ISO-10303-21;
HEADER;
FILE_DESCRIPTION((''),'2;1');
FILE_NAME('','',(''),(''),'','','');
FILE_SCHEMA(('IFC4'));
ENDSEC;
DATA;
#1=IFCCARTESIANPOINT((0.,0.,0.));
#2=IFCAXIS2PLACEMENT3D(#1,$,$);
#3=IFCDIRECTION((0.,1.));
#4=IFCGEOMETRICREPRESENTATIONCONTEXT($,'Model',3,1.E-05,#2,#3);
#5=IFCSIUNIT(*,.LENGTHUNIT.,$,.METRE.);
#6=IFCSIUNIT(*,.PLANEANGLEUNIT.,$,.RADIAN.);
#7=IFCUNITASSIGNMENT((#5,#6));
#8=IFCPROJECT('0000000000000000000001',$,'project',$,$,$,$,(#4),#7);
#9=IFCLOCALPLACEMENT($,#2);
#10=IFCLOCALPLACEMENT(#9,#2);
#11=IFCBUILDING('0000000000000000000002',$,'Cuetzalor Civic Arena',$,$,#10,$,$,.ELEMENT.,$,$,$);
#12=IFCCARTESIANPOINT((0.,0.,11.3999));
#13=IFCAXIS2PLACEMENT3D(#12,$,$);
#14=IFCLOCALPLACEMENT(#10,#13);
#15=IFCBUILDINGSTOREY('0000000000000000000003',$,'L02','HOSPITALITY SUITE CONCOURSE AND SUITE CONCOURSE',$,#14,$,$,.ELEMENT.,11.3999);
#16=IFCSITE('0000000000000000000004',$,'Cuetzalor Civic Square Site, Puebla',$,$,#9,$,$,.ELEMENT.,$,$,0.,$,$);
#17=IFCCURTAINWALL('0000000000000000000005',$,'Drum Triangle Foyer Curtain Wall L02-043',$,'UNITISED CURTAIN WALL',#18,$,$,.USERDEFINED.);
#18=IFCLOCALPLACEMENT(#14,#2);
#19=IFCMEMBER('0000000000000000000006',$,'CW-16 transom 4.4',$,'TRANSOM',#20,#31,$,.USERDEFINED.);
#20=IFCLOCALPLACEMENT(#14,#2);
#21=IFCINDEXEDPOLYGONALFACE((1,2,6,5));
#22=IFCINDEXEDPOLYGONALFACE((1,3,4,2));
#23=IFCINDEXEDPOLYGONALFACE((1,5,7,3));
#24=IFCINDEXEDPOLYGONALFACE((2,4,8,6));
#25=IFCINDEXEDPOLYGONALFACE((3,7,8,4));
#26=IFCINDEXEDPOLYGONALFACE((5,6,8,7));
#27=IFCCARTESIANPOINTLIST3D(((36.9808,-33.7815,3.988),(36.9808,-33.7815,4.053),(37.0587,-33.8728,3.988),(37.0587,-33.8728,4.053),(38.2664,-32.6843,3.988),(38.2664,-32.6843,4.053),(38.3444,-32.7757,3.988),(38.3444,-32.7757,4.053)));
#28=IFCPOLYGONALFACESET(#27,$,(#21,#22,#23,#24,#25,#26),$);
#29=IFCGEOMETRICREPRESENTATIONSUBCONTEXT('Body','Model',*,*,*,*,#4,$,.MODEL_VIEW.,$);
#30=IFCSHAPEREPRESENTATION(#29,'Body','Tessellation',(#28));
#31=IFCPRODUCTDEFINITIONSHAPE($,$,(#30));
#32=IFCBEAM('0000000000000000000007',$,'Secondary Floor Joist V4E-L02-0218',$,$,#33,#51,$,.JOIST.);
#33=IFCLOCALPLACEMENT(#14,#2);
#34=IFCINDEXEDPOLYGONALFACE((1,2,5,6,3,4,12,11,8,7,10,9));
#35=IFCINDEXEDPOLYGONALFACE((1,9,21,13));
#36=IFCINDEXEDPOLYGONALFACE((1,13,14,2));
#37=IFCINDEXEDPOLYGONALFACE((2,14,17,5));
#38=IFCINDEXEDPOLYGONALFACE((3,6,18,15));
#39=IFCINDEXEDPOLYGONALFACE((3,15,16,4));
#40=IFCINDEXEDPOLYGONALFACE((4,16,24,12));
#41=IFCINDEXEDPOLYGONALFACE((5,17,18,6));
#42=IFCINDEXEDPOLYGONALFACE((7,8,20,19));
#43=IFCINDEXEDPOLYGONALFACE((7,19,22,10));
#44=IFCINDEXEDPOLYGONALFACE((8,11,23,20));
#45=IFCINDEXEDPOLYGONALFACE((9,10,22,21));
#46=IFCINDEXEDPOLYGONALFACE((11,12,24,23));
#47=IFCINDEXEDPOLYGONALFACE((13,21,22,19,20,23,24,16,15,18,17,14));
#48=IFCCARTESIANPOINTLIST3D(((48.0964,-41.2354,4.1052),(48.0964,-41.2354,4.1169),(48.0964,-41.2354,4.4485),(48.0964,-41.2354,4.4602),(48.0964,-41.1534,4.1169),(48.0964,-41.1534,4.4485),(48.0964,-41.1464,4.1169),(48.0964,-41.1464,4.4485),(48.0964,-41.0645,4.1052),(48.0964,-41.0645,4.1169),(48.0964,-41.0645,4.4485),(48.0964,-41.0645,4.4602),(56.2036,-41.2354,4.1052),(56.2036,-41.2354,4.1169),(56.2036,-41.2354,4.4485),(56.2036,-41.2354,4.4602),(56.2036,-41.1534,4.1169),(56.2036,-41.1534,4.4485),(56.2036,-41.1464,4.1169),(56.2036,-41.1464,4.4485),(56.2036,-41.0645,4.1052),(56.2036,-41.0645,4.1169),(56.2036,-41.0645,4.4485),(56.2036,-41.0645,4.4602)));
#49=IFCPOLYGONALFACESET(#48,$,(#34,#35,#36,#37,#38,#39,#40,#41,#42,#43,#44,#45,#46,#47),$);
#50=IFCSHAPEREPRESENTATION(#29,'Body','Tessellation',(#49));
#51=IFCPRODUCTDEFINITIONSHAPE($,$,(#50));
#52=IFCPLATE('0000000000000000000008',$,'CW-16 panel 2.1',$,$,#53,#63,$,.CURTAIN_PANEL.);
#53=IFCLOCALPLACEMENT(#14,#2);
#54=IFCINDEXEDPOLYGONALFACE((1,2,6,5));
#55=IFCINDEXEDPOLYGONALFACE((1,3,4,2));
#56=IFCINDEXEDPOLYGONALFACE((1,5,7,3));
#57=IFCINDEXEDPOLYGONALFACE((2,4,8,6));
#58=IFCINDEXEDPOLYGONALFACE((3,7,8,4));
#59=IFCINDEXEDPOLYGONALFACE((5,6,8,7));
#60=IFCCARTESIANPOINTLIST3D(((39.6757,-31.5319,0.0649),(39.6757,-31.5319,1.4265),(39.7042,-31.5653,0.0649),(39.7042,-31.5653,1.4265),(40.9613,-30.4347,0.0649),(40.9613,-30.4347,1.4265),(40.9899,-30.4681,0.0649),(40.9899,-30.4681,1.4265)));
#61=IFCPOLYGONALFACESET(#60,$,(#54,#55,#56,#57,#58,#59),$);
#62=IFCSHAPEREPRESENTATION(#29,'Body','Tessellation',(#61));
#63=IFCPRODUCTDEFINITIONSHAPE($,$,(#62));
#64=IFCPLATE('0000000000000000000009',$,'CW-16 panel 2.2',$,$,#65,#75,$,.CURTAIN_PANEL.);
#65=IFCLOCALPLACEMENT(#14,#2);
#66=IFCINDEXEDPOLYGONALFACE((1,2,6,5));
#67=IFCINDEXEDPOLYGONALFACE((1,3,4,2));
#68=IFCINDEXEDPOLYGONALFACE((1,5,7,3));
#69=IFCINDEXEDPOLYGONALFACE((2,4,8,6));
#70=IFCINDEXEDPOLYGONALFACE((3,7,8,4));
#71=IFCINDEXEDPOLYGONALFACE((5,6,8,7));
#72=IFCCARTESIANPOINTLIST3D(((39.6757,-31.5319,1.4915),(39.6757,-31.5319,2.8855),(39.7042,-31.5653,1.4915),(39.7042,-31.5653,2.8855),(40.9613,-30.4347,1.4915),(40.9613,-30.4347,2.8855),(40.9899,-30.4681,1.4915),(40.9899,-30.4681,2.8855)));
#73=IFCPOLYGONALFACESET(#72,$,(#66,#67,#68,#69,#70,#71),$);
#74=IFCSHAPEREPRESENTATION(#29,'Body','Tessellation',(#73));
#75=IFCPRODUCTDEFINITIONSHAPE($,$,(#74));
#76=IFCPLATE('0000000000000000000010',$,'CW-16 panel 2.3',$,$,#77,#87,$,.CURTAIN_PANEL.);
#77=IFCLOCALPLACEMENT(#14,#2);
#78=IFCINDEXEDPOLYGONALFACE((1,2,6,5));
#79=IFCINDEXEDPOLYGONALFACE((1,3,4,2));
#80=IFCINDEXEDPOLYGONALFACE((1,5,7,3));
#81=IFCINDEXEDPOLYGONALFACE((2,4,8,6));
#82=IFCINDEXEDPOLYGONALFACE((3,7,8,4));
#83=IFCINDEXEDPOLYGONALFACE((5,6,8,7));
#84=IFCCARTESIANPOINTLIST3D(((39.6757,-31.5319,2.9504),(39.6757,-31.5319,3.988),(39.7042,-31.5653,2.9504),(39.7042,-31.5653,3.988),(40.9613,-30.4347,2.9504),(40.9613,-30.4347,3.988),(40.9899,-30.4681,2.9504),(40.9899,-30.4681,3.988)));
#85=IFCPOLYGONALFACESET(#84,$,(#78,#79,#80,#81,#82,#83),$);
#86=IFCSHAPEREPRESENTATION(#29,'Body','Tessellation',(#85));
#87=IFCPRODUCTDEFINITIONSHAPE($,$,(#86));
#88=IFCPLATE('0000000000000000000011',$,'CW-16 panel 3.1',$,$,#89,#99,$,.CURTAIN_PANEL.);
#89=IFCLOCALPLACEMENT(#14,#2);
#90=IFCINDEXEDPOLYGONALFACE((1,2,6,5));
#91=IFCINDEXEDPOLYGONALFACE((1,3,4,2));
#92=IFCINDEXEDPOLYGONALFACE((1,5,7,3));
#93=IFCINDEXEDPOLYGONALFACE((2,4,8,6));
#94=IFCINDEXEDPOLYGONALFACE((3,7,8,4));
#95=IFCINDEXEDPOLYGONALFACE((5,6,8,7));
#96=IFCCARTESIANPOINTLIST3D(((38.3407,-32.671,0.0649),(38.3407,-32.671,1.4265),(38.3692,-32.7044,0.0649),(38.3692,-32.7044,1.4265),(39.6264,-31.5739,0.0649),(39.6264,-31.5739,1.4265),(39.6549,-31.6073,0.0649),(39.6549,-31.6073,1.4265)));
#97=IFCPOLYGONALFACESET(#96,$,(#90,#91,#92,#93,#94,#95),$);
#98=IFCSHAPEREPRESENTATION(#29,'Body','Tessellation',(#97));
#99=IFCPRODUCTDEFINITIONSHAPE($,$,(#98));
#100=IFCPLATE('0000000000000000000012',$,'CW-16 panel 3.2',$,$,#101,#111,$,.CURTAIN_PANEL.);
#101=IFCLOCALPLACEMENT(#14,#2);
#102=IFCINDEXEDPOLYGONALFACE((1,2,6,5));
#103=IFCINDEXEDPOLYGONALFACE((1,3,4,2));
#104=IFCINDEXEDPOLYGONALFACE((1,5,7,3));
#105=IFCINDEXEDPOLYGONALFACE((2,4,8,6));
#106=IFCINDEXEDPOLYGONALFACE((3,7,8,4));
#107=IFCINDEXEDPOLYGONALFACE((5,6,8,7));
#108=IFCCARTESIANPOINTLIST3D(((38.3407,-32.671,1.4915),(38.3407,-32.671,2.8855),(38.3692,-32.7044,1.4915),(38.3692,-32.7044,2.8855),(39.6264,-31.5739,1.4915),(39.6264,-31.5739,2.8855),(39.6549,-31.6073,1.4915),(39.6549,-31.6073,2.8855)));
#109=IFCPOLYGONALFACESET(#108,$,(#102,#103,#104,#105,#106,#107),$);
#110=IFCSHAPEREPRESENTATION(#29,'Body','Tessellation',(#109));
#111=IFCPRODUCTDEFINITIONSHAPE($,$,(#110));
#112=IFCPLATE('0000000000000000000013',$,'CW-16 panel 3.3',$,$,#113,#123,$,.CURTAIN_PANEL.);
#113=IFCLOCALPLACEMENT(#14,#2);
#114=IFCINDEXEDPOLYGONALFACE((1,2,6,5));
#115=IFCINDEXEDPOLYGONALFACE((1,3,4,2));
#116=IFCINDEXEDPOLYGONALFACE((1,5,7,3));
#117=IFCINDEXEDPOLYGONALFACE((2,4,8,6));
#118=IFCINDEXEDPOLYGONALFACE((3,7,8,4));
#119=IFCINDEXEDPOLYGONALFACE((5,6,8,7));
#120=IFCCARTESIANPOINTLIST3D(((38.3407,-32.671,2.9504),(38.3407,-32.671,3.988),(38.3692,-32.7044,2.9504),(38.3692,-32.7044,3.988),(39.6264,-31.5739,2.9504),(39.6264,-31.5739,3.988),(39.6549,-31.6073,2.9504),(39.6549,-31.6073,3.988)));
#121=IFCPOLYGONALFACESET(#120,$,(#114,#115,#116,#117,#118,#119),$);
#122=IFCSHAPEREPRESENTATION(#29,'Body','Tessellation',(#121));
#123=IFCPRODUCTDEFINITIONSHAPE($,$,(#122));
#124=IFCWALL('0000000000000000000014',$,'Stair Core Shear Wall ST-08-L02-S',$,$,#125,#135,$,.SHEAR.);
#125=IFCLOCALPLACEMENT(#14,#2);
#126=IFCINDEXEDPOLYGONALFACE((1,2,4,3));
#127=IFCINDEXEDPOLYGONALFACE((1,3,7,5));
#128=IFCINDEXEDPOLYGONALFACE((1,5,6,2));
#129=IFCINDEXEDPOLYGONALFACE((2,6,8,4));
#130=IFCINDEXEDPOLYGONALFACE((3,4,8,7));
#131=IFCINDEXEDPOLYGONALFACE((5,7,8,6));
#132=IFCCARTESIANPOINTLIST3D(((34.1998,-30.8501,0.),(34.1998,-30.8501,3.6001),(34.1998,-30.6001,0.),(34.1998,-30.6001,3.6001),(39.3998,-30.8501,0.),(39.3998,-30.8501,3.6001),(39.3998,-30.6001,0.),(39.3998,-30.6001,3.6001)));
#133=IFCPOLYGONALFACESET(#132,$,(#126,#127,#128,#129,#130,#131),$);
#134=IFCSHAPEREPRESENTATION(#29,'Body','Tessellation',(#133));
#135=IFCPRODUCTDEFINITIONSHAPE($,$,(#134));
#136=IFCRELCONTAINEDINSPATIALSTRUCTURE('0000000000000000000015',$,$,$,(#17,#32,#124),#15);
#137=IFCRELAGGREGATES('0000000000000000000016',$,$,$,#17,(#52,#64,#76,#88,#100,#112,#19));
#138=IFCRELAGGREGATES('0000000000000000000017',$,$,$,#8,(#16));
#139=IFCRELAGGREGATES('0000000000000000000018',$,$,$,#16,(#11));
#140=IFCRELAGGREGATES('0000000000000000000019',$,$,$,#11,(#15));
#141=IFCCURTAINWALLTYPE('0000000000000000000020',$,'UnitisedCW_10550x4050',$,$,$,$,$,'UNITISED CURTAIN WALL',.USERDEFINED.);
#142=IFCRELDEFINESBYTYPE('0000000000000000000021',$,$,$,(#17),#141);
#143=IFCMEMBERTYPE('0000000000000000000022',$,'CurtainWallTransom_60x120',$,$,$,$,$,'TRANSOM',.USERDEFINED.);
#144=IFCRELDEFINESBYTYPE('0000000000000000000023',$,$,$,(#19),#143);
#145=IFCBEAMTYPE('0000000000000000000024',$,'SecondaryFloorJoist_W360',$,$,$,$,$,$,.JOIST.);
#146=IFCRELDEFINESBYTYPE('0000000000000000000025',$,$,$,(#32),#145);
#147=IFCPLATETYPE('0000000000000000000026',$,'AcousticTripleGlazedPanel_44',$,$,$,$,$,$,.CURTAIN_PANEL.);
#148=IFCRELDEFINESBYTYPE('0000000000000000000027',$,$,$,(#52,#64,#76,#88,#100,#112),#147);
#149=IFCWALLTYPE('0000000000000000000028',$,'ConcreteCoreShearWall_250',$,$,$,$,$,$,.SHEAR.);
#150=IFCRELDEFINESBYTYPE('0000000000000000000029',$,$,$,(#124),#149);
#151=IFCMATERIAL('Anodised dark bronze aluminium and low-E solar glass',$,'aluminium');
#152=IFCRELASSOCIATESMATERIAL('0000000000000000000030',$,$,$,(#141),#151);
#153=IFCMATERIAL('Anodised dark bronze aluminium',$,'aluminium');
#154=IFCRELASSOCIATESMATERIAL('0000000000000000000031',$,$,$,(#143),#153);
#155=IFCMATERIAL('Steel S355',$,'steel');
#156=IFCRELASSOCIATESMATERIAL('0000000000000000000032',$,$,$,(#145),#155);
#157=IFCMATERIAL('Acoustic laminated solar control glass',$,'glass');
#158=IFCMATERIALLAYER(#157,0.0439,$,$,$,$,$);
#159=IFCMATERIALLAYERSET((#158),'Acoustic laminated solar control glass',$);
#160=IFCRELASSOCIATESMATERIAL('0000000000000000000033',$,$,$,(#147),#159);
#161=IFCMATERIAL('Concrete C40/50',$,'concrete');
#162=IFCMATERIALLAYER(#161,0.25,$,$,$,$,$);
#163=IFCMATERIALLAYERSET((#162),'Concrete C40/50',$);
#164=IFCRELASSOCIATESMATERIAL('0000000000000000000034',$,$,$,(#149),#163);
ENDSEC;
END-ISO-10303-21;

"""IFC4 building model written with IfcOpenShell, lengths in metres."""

from ifc_helpers import new_model, si_unit, direction, frame, frame_2d, origin, origin_2d, place, context, subcontext, project, spatial, rectangle, i_section, extrude, material, layer, layer_set, material_profile, profile_set, type_object, element, aggregate, save


model = new_model("IFC4")

# Units and contexts
model_context = context("Model", 3, precision=1e-05, world=origin(), true_north=direction((0.0, 1.0)))
body_context = subcontext(model_context, "Body", "Model", "MODEL_VIEW")
ifc_project = project(units=[si_unit("LENGTHUNIT", "METRE"), si_unit("PLANEANGLEUNIT", "RADIAN")], contexts=[model_context])

# Site, building, storey
site_placement = place(None, origin())
site = spatial("IfcSite", under=ifc_project, at=site_placement, Name="Cuetzalor Civic Square Site, Puebla", CompositionType="ELEMENT", RefElevation=0.0)
building_placement = place(site_placement, origin())
building = spatial("IfcBuilding", under=site, at=building_placement, Name="Cuetzalor Civic Arena", CompositionType="ELEMENT")
storey_placement = place(building_placement, frame((0.0, 0.0, 11.3999)))
storey = spatial("IfcBuildingStorey", under=building, at=storey_placement, Name="L02", Description="HOSPITALITY SUITE CONCOURSE AND SUITE CONCOURSE", CompositionType="ELEMENT", Elevation=11.3999)

# Curtain wall, member
ifc_material_1 = material(Name="Anodised dark bronze aluminium and low-E solar glass", Category="aluminium")
curtain_wall_type = type_object("IfcCurtainWallType", Name="UnitisedCW_10550x4050", ElementType="UNITISED CURTAIN WALL", PredefinedType="USERDEFINED", material=ifc_material_1)
curtain_wall_placement = place(storey_placement, origin())
curtain_wall = element("IfcCurtainWall", 1, at=curtain_wall_placement, inside=storey, type_object=curtain_wall_type, Name="Drum Triangle Foyer Curtain Wall L02-043", ObjectType="UNITISED CURTAIN WALL", PredefinedType="USERDEFINED")
ifc_material_2 = material(Name="Anodised dark bronze aluminium", Category="aluminium")
ifc_material_profile_1 = material_profile(ifc_material_2, rectangle(XDim=0.1201, YDim=0.0649, at=origin_2d()), Name="ALU TRANSOM 65x120")
ifc_profile_set_1 = profile_set([ifc_material_profile_1], Name="Anodised dark bronze aluminium")
member_type_1 = type_object("IfcMemberType", Name="CurtainWallTransom_60x120", ElementType="TRANSOM", PredefinedType="USERDEFINED", material=ifc_profile_set_1)
member_1_placement = place(storey_placement, frame((38.3054, -32.73, 4.0205), z_axis=(-0.760662, -0.649148, 0.0), x_axis=(0.649148, -0.760662, 0.0)))
member_1 = element("IfcMember", 2, at=member_1_placement, type_object=member_type_1, Name="CW-16 transom 4.4", ObjectType="TRANSOM", PredefinedType="USERDEFINED", context=body_context, shape_type="SweptSolid", body=[
    extrude(rectangle(XDim=0.1201, YDim=0.0649, at=origin_2d()), origin(), (0.0, 0.0, 1.0), 1.6902),
])

# Beam
ifc_material_3 = material(Name="Steel S355", Category="steel")
ifc_material_profile_2 = material_profile(ifc_material_3, i_section(OverallWidth=0.1709, OverallDepth=0.355, WebThickness=0.0071, FlangeThickness=0.0117, at=origin_2d()), Name="W360x51")
ifc_profile_set_2 = profile_set([ifc_material_profile_2], Name="Steel S355")
beam_type_1 = type_object("IfcBeamType", Name="SecondaryFloorJoist_W360", PredefinedType="JOIST", material=ifc_profile_set_2)
beam_1_placement = place(storey_placement, frame((48.0964, -41.1499, 4.2827), z_axis=(1.0, 0.0, 0.0), x_axis=(0.0, 1.0, 0.0)))
element("IfcBeam", 3, at=beam_1_placement, inside=storey, type_object=beam_type_1, Name="Secondary Floor Joist V4E-L02-0218", PredefinedType="JOIST", context=body_context, shape_type="SweptSolid", body=[
    extrude(i_section(OverallWidth=0.1709, OverallDepth=0.355, WebThickness=0.0071, FlangeThickness=0.0117, at=origin_2d()), origin(), (0.0, 0.0, 1.0), 8.1072),
])

# Plates
ifc_material_4 = material(Name="Acoustic laminated solar control glass", Category="glass")
ifc_layer_1 = layer(ifc_material_4, 0.0439)
ifc_layer_set_1 = layer_set([ifc_layer_1], Name="Acoustic laminated solar control glass")
plate_type = type_object("IfcPlateType", Name="AcousticTripleGlazedPanel_44", PredefinedType="CURTAIN_PANEL", material=ifc_layer_set_1)
plate_1_placement = place(storey_placement, frame((40.3328, -31.0, 0.0649), z_axis=(0.0, 0.0, 1.0), x_axis=(-0.760677, -0.64913, 0.0)))
plate_1 = element("IfcPlate", 4, at=plate_1_placement, type_object=plate_type, Name="CW-16 panel 2.1", PredefinedType="CURTAIN_PANEL", context=body_context, shape_type="SweptSolid", body=[
    extrude(rectangle(XDim=1.6902, YDim=0.0439, at=origin_2d()), origin(), (0.0, 0.0, 1.0), 1.3616),
])
plate_2_placement = place(storey_placement, frame((40.3328, -31.0, 1.4915), z_axis=(0.0, 0.0, 1.0), x_axis=(-0.760677, -0.64913, 0.0)))
plate_2 = element("IfcPlate", 5, at=plate_2_placement, type_object=plate_type, Name="CW-16 panel 2.2", PredefinedType="CURTAIN_PANEL", context=body_context, shape_type="SweptSolid", body=[
    extrude(rectangle(XDim=1.6902, YDim=0.0439, at=origin_2d()), origin(), (0.0, 0.0, 1.0), 1.394),
])
plate_3_placement = place(storey_placement, frame((40.3328, -31.0, 2.9504), z_axis=(0.0, 0.0, 1.0), x_axis=(-0.760677, -0.64913, 0.0)))
plate_3 = element("IfcPlate", 6, at=plate_3_placement, type_object=plate_type, Name="CW-16 panel 2.3", PredefinedType="CURTAIN_PANEL", context=body_context, shape_type="SweptSolid", body=[
    extrude(rectangle(XDim=1.6902, YDim=0.0439, at=origin_2d()), origin(), (0.0, 0.0, 1.0), 1.0376),
])
plate_4_placement = place(storey_placement, frame((38.9978, -32.1392, 0.0649), z_axis=(0.0, 0.0, 1.0), x_axis=(-0.760677, -0.64913, 0.0)))
plate_4 = element("IfcPlate", 7, at=plate_4_placement, type_object=plate_type, Name="CW-16 panel 3.1", PredefinedType="CURTAIN_PANEL", context=body_context, shape_type="SweptSolid", body=[
    extrude(rectangle(XDim=1.6902, YDim=0.0439, at=origin_2d()), origin(), (0.0, 0.0, 1.0), 1.3616),
])
plate_5_placement = place(storey_placement, frame((38.9978, -32.1392, 1.4915), z_axis=(0.0, 0.0, 1.0), x_axis=(-0.760677, -0.64913, 0.0)))
plate_5 = element("IfcPlate", 8, at=plate_5_placement, type_object=plate_type, Name="CW-16 panel 3.2", PredefinedType="CURTAIN_PANEL", context=body_context, shape_type="SweptSolid", body=[
    extrude(rectangle(XDim=1.6902, YDim=0.0439, at=origin_2d()), origin(), (0.0, 0.0, 1.0), 1.394),
])
plate_6_placement = place(storey_placement, frame((38.9978, -32.1392, 2.9504), z_axis=(0.0, 0.0, 1.0), x_axis=(-0.760677, -0.64913, 0.0)))
plate_6 = element("IfcPlate", 9, at=plate_6_placement, type_object=plate_type, Name="CW-16 panel 3.3", PredefinedType="CURTAIN_PANEL", context=body_context, shape_type="SweptSolid", body=[
    extrude(rectangle(XDim=1.6902, YDim=0.0439, at=origin_2d()), origin(), (0.0, 0.0, 1.0), 1.0376),
])
aggregate(curtain_wall, [plate_1, plate_2, plate_3, plate_4, plate_5, plate_6, member_1])

# Wall
ifc_material_5 = material(Name="Concrete C40/50", Category="concrete")
ifc_layer_2 = layer(ifc_material_5, 0.25)
ifc_layer_set_2 = layer_set([ifc_layer_2], Name="Concrete C40/50")
wall_type = type_object("IfcWallType", Name="ConcreteCoreShearWall_250", PredefinedType="SHEAR", material=ifc_layer_set_2)
wall_placement = place(storey_placement, frame((39.3999, -30.7251, 0.0), z_axis=(0.0, 0.0, 1.0), x_axis=(-1.0, 0.0, 0.0)))
element("IfcWall", 10, at=wall_placement, inside=storey, type_object=wall_type, Name="Stair Core Shear Wall ST-08-L02-S", PredefinedType="SHEAR", context=body_context, shape_type="SweptSolid", body=[
    extrude(rectangle(XDim=5.2, YDim=0.25, at=frame_2d((2.6001, 0.0))), origin(), (0.0, 0.0, 1.0), 3.6001),
])

save(model, "model.ifc")
